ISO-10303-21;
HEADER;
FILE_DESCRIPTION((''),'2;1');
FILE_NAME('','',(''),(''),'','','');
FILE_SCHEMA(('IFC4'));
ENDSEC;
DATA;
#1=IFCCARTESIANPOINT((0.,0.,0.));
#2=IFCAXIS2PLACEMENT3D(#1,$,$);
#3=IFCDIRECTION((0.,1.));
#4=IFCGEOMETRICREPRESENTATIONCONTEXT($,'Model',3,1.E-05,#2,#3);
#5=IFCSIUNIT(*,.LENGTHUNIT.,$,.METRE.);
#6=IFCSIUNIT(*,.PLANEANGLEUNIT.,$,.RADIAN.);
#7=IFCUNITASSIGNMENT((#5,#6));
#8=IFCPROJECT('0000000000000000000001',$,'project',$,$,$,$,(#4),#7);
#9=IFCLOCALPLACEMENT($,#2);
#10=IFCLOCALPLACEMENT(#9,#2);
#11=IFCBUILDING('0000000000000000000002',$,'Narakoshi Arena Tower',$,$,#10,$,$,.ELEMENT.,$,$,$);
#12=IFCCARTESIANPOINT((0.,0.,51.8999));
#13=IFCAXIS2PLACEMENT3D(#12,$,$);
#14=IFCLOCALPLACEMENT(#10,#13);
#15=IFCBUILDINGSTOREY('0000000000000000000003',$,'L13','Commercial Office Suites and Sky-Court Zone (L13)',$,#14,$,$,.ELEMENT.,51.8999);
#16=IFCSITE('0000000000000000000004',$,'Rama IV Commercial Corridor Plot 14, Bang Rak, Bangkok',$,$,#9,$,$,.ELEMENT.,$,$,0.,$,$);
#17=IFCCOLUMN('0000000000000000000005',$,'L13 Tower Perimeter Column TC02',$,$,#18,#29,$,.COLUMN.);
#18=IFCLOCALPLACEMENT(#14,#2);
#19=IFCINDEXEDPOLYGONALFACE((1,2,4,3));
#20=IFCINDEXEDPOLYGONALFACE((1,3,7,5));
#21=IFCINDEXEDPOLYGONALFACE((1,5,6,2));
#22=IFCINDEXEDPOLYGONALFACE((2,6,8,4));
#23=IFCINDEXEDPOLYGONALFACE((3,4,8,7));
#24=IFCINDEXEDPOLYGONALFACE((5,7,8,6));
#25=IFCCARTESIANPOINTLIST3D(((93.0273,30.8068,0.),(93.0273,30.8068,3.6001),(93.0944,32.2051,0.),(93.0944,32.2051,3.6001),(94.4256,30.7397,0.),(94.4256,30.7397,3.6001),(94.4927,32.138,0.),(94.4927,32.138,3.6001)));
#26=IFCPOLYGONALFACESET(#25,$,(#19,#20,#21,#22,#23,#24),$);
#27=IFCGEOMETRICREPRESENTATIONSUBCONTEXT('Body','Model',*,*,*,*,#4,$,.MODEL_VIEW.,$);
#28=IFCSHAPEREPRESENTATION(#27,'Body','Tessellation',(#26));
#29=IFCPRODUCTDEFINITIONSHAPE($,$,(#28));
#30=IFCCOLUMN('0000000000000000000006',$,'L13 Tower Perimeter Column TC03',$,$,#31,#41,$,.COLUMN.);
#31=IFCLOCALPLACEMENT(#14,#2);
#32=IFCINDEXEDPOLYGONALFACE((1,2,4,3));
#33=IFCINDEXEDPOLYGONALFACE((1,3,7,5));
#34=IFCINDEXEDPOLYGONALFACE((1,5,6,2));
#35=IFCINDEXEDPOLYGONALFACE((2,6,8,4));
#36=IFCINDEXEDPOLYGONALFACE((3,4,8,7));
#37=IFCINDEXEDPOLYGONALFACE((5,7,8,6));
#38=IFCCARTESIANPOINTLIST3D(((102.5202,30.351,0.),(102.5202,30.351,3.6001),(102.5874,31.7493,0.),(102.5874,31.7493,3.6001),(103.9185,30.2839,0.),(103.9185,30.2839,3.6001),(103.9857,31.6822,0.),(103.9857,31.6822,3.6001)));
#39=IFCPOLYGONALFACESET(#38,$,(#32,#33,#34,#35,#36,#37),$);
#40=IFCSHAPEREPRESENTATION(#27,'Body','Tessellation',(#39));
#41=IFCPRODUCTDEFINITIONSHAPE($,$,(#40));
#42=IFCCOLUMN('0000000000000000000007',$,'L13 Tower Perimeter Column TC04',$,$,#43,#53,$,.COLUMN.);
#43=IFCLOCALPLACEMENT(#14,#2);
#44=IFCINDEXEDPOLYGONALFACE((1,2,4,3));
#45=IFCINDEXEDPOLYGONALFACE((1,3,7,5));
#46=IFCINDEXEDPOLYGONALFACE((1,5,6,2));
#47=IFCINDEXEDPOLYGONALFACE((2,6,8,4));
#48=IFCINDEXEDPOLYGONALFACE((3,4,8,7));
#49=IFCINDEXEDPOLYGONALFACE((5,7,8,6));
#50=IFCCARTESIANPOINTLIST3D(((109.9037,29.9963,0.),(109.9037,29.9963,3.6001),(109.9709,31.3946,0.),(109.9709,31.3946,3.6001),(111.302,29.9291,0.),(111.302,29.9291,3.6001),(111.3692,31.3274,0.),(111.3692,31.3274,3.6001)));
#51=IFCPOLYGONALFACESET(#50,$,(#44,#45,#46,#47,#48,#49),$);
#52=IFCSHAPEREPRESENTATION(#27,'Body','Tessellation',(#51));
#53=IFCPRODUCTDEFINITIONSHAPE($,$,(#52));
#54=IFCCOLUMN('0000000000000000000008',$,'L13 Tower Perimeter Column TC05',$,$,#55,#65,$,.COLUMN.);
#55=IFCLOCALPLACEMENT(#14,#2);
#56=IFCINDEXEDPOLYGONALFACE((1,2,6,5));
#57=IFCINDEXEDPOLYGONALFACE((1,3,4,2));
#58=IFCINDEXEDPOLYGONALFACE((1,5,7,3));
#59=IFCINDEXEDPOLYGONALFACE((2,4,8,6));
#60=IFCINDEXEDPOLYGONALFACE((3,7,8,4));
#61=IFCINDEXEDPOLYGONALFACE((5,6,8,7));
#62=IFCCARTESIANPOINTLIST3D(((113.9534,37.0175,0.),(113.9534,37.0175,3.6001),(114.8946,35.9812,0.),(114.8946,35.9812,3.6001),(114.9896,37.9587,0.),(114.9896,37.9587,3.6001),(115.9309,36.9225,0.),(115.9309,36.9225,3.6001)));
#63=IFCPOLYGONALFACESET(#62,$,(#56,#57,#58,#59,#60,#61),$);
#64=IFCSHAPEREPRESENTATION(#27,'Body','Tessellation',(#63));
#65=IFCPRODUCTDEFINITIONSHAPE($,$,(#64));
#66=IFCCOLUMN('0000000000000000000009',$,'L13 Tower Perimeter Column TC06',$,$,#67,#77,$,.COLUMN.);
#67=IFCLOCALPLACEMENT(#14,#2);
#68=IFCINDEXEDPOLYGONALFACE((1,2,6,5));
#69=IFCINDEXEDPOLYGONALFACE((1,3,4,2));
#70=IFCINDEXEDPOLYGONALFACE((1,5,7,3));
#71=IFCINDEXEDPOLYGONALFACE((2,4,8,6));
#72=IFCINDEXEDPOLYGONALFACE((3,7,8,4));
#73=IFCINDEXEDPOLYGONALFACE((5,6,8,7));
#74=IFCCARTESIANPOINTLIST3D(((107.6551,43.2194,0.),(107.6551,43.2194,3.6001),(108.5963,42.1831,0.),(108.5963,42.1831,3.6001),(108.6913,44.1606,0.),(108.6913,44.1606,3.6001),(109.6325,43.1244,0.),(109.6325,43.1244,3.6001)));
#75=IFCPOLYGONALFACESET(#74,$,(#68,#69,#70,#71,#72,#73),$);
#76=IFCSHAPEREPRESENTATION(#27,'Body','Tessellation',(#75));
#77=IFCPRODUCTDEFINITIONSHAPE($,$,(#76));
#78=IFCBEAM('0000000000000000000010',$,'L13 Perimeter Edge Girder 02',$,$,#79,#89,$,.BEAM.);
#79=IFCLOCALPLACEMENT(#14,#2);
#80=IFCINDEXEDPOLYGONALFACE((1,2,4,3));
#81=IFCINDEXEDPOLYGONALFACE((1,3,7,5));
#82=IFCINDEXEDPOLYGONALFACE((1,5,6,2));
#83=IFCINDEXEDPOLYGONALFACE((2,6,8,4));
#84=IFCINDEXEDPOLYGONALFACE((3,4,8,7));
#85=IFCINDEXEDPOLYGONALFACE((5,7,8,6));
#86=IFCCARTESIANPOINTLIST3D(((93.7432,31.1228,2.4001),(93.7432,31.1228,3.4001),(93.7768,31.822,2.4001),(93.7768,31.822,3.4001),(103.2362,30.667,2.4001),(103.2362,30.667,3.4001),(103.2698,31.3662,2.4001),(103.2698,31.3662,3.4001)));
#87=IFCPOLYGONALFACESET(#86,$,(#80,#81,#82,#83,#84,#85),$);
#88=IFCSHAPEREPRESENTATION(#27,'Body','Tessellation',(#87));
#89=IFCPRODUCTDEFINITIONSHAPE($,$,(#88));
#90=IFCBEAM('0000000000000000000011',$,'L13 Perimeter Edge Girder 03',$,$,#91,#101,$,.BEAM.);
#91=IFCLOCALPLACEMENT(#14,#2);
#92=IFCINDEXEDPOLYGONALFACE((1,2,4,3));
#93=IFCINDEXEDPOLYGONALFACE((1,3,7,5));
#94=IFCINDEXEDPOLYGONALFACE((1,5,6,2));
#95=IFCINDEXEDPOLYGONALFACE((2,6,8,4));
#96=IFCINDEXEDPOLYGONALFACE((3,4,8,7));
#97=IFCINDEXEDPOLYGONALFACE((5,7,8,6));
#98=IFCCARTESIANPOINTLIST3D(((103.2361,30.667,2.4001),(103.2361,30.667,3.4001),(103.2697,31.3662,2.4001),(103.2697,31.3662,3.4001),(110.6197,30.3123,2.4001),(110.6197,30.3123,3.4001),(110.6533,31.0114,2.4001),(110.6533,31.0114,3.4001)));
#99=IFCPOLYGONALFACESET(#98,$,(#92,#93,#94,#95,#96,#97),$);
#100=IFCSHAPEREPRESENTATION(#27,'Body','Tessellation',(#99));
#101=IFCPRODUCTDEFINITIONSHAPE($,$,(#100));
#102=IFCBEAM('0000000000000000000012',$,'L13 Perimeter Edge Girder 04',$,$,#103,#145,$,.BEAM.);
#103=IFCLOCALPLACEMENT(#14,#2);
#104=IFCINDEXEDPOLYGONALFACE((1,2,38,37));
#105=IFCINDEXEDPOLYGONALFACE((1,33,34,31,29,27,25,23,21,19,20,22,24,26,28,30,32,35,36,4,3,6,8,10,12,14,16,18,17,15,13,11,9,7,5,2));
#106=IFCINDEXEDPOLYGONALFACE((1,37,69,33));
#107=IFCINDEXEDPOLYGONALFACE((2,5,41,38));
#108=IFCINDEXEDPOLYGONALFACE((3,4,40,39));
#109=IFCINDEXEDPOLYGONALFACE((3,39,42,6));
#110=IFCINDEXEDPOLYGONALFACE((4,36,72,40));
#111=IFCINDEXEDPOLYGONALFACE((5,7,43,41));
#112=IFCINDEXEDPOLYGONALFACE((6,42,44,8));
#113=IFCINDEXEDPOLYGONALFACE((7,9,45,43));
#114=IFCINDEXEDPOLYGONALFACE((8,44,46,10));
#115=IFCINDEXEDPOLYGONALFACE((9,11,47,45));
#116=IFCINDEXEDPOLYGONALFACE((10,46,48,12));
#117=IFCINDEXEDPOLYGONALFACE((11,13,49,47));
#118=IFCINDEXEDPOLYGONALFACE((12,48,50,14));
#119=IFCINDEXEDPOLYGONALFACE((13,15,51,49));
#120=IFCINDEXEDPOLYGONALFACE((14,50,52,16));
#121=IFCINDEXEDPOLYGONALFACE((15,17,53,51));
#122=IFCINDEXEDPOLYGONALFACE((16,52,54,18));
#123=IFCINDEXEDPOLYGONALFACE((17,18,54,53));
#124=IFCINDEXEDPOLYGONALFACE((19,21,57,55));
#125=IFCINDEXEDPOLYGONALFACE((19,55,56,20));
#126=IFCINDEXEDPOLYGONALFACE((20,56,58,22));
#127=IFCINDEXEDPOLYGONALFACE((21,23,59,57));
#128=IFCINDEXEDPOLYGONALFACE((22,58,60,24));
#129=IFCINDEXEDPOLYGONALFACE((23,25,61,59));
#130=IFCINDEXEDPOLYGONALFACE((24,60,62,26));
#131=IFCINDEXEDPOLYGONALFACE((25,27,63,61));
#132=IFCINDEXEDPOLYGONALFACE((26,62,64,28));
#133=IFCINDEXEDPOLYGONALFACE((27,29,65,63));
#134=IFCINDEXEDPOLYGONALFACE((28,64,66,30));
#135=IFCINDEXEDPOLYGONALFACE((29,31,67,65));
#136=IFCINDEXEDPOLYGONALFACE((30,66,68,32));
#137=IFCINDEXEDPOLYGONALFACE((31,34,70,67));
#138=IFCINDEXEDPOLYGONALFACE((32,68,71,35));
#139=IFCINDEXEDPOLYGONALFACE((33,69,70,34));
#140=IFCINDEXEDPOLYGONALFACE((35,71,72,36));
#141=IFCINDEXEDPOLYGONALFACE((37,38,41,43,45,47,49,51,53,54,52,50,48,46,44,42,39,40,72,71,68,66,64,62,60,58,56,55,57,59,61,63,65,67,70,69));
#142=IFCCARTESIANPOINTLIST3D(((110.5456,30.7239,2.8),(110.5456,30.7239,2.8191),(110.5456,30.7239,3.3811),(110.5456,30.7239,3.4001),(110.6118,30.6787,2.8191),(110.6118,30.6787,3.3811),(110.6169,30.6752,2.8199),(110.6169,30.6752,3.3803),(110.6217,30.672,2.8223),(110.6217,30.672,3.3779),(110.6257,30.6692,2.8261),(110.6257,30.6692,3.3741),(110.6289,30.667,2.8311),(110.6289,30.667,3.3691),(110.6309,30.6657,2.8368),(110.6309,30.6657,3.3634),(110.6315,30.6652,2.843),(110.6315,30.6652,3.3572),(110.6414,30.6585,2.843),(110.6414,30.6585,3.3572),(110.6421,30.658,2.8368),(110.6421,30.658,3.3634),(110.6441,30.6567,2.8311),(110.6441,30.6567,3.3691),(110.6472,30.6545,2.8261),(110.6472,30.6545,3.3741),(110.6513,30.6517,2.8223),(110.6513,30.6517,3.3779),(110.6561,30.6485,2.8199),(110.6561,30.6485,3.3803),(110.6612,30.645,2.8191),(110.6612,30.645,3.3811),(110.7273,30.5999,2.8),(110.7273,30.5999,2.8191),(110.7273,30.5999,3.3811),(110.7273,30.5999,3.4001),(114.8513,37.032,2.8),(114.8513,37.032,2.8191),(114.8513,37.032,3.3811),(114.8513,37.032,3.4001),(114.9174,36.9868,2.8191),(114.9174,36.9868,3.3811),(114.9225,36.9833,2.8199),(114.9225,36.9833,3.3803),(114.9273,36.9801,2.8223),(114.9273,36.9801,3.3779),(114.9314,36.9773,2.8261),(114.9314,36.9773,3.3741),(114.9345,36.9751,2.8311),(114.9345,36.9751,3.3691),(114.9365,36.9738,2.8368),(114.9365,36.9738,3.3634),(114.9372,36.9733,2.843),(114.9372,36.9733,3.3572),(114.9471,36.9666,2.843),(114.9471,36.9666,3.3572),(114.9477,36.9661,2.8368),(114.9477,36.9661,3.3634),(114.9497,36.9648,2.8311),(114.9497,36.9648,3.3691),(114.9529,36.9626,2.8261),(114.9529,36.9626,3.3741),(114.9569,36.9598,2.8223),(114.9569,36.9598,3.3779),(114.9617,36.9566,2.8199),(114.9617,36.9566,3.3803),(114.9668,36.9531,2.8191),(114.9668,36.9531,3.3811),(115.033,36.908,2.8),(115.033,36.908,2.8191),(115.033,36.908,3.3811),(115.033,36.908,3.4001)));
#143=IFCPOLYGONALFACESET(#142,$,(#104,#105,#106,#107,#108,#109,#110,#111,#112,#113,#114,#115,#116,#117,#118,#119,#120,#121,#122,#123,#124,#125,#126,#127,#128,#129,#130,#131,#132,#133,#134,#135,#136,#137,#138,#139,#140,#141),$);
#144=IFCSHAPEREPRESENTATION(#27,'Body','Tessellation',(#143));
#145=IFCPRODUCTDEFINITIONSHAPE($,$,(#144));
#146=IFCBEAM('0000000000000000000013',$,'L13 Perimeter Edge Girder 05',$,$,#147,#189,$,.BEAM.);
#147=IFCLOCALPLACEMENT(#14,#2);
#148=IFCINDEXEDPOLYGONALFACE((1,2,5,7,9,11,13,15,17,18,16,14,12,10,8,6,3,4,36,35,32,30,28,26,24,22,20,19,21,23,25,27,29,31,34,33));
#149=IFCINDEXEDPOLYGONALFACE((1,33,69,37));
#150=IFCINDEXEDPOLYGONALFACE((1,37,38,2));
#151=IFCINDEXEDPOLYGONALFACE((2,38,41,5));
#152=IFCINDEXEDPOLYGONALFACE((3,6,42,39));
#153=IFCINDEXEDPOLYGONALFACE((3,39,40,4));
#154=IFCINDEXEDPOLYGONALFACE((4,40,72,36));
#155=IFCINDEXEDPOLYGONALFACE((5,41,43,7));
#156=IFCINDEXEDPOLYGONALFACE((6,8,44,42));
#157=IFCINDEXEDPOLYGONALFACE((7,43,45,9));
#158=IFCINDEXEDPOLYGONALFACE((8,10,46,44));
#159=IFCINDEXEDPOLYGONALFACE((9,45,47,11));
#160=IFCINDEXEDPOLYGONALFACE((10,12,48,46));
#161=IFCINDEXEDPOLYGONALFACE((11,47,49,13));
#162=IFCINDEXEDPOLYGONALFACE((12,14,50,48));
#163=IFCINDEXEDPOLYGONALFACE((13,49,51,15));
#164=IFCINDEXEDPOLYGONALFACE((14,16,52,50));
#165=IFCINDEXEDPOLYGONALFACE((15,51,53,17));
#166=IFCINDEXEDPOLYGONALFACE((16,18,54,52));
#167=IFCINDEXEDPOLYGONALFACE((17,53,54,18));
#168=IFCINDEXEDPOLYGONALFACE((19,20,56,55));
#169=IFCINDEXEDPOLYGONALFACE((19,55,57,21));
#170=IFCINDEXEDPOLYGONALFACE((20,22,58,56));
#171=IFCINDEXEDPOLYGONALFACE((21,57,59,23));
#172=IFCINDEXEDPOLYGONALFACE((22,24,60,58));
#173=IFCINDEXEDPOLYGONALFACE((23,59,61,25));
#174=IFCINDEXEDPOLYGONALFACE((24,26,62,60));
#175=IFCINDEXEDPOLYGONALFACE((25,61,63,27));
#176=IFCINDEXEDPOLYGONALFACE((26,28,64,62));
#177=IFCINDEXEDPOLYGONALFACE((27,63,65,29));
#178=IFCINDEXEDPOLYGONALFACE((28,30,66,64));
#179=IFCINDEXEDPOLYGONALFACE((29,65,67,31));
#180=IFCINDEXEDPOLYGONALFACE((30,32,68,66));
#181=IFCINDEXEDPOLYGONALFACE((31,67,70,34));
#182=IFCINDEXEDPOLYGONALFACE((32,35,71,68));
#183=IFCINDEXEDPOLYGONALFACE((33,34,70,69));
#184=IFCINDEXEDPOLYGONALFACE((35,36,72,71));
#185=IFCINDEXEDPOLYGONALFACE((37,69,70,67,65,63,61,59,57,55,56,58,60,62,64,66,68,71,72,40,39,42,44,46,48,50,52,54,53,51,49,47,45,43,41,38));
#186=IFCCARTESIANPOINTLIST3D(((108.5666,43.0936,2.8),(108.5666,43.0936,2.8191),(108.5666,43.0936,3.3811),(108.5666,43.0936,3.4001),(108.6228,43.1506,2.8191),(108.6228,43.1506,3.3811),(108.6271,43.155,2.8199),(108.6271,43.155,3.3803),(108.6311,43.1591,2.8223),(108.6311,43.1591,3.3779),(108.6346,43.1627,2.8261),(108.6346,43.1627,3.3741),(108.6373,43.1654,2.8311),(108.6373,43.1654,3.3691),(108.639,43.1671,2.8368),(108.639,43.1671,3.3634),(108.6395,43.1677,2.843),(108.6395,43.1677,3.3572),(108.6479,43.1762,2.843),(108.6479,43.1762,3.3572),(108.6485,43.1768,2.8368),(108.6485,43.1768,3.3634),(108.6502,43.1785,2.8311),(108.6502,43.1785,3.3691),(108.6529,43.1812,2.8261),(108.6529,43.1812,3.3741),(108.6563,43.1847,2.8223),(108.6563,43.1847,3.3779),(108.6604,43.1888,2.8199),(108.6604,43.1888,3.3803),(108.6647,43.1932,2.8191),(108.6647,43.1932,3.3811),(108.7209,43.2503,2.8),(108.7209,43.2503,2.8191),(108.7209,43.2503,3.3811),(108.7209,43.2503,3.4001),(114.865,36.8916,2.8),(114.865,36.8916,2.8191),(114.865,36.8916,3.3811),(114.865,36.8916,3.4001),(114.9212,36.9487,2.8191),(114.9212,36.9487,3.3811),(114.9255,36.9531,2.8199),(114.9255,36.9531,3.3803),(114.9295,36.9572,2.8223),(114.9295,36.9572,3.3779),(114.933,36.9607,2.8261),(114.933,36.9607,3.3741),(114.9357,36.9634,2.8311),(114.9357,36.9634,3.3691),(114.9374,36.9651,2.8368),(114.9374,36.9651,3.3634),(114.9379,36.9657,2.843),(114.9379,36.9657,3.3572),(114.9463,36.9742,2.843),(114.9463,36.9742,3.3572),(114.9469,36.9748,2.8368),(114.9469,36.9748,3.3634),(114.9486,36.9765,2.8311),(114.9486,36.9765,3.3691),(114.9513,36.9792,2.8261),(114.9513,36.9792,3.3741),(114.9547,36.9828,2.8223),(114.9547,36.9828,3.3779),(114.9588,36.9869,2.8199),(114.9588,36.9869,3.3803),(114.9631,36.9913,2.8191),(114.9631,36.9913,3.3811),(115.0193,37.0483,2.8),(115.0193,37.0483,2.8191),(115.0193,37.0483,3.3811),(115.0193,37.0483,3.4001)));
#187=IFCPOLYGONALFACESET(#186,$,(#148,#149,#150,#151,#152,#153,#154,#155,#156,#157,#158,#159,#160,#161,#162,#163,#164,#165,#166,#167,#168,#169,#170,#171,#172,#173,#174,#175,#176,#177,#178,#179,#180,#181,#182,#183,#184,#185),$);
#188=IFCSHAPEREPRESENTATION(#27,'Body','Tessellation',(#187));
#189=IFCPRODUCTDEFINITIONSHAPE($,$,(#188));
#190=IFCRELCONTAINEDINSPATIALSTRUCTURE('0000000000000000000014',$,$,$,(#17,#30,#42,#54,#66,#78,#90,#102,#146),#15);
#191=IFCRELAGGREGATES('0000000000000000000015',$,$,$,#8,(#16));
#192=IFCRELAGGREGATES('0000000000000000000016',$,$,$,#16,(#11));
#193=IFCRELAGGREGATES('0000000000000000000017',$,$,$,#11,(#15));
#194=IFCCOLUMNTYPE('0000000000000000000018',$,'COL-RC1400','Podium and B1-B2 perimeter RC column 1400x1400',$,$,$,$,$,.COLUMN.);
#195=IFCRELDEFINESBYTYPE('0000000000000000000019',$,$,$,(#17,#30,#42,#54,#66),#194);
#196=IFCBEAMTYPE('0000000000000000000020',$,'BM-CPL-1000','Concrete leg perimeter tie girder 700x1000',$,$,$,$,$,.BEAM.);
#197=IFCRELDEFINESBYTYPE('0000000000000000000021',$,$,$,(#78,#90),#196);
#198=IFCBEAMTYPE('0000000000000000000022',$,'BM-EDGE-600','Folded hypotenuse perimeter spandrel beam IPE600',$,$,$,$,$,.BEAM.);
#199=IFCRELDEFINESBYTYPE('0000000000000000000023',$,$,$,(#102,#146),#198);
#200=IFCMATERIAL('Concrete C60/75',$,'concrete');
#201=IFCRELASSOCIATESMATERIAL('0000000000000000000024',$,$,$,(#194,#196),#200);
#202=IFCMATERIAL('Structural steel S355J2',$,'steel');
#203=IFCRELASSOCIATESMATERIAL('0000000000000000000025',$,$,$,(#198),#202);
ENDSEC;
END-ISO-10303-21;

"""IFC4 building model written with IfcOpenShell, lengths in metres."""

from ifc_helpers import new_model, si_unit, direction, frame, origin, origin_2d, place, context, subcontext, project, spatial, rectangle, i_section, extrude, material, material_profile, profile_set, type_object, element, save


model = new_model("IFC4")

# Units and contexts
model_context = context("Model", 3, precision=1e-05, world=origin(), true_north=direction((0.0, 1.0)))
body_context = subcontext(model_context, "Body", "Model", "MODEL_VIEW")
ifc_project = project(units=[si_unit("LENGTHUNIT", "METRE"), si_unit("PLANEANGLEUNIT", "RADIAN")], contexts=[model_context])

# Site, building, storey
site_placement = place(None, origin())
site = spatial("IfcSite", under=ifc_project, at=site_placement, Name="Rama IV Commercial Corridor Plot 14, Bang Rak, Bangkok", CompositionType="ELEMENT", RefElevation=0.0)
building_placement = place(site_placement, origin())
building = spatial("IfcBuilding", under=site, at=building_placement, Name="Narakoshi Arena Tower", CompositionType="ELEMENT")
storey_placement = place(building_placement, frame((0.0, 0.0, 51.8999)))
storey = spatial("IfcBuildingStorey", under=building, at=storey_placement, Name="L13", Description="Commercial Office Suites and Sky-Court Zone (L13)", CompositionType="ELEMENT", Elevation=51.8999)

# Columns
ifc_material_1 = material(Name="Concrete C60/75", Category="concrete")
ifc_material_profile_1 = material_profile(ifc_material_1, rectangle(XDim=1.3999, YDim=1.3999, at=origin_2d()), Name="RC1400x1400")
ifc_profile_set_1 = profile_set([ifc_material_profile_1], Name="Concrete C60/75")
column_type = type_object("IfcColumnType", Name="COL-RC1400", Description="Podium and B1-B2 perimeter RC column 1400x1400", PredefinedType="COLUMN", material=ifc_profile_set_1)
for number, where, z_axis, x_axis, name in (
    (1, (93.76, 31.4724, 0.0), (0.0, 0.0, 1.0), (-0.998848, 0.047978, 0.0), "L13 Tower Perimeter Column TC02"),
    (2, (103.2529, 31.0166, 0.0), (0.0, 0.0, 1.0), (-0.998848, 0.047978, 0.0), "L13 Tower Perimeter Column TC03"),
    (3, (110.6365, 30.6619, 0.0), (0.0, 0.0, 1.0), (-0.998848, 0.047978, 0.0), "L13 Tower Perimeter Column TC04"),
    (4, (114.9421, 36.97, 0.0), (0.0, 0.0, 1.0), (0.740218, 0.672367, 0.0), "L13 Tower Perimeter Column TC05"),
    (5, (108.6438, 43.1719, 0.0), (0.0, 0.0, 1.0), (0.740218, 0.672367, 0.0), "L13 Tower Perimeter Column TC06"),
):
    element("IfcColumn", number, at=place(storey_placement, frame(where, z_axis=z_axis, x_axis=x_axis)), inside=storey, type_object=column_type, Name=name, PredefinedType="COLUMN", context=body_context, shape_type="SweptSolid", body=[
        extrude(rectangle(XDim=1.3999, YDim=1.3999, at=origin_2d()), origin(), (0.0, 0.0, 1.0), 3.6001),
    ])

# Beams
ifc_material_profile_2 = material_profile(ifc_material_1, rectangle(XDim=0.7, YDim=1.0, at=origin_2d()), Name="RCB700x1000")
ifc_profile_set_2 = profile_set([ifc_material_profile_2], Name="Concrete C60/75")
beam_type_1 = type_object("IfcBeamType", Name="BM-CPL-1000", Description="Concrete leg perimeter tie girder 700x1000", PredefinedType="BEAM", material=ifc_profile_set_2)
beam_1_placement = place(storey_placement, frame((93.76, 31.4724, 2.9001), z_axis=(0.998849, -0.047961, 0.0), x_axis=(0.047961, 0.998849, 0.0)))
element("IfcBeam", 6, at=beam_1_placement, inside=storey, type_object=beam_type_1, Name="L13 Perimeter Edge Girder 02", PredefinedType="BEAM", context=body_context, shape_type="SweptSolid", body=[
    extrude(rectangle(XDim=0.7, YDim=1.0, at=origin_2d()), origin(), (0.0, 0.0, 1.0), 9.5039),
])
beam_2_placement = place(storey_placement, frame((103.2529, 31.0166, 2.9001), z_axis=(0.998848, -0.047989, 0.0), x_axis=(0.047989, 0.998848, 0.0)))
element("IfcBeam", 7, at=beam_2_placement, inside=storey, type_object=beam_type_1, Name="L13 Perimeter Edge Girder 03", PredefinedType="BEAM", context=body_context, shape_type="SweptSolid", body=[
    extrude(rectangle(XDim=0.7, YDim=1.0, at=origin_2d()), origin(), (0.0, 0.0, 1.0), 7.3921),
])
ifc_material_2 = material(Name="Structural steel S355J2", Category="steel")
ifc_material_profile_3 = material_profile(ifc_material_2, i_section(OverallWidth=0.22, OverallDepth=0.6001, WebThickness=0.012, FlangeThickness=0.019, FilletRadius=0.0239, at=origin_2d()), Name="IPE600")
ifc_profile_set_3 = profile_set([ifc_material_profile_3], Name="Structural steel S355J2")
beam_type_2 = type_object("IfcBeamType", Name="BM-EDGE-600", Description="Folded hypotenuse perimeter spandrel beam IPE600", PredefinedType="BEAM", material=ifc_profile_set_3)
beam_3_placement = place(storey_placement, frame((110.6365, 30.6619, 3.1001), z_axis=(0.563755, 0.825942, 0.0), x_axis=(-0.825942, 0.563755, 0.0)))
element("IfcBeam", 8, at=beam_3_placement, inside=storey, type_object=beam_type_2, Name="L13 Perimeter Edge Girder 04", PredefinedType="BEAM", context=body_context, shape_type="SweptSolid", body=[
    extrude(i_section(OverallWidth=0.22, OverallDepth=0.6001, WebThickness=0.012, FlangeThickness=0.019, FilletRadius=0.0239, at=origin_2d()), origin(), (0.0, 0.0, 1.0), 7.6375),
])
for number, where, z_axis, x_axis, name in (
    (9, (114.9421, 36.97, 3.1001), (-0.712541, 0.701631, 0.0), (-0.701631, -0.712541, 0.0), "L13 Perimeter Edge Girder 05"),
):
    element("IfcBeam", number, at=place(storey_placement, frame(where, z_axis=z_axis, x_axis=x_axis)), inside=storey, type_object=beam_type_2, Name=name, PredefinedType="BEAM", context=body_context, shape_type="SweptSolid", body=[
        extrude(i_section(OverallWidth=0.22, OverallDepth=0.6001, WebThickness=0.012, FlangeThickness=0.019, FilletRadius=0.0239, at=origin_2d()), origin(), (0.0, 0.0, 1.0), 8.8394),
    ])

save(model, "model.ifc")
